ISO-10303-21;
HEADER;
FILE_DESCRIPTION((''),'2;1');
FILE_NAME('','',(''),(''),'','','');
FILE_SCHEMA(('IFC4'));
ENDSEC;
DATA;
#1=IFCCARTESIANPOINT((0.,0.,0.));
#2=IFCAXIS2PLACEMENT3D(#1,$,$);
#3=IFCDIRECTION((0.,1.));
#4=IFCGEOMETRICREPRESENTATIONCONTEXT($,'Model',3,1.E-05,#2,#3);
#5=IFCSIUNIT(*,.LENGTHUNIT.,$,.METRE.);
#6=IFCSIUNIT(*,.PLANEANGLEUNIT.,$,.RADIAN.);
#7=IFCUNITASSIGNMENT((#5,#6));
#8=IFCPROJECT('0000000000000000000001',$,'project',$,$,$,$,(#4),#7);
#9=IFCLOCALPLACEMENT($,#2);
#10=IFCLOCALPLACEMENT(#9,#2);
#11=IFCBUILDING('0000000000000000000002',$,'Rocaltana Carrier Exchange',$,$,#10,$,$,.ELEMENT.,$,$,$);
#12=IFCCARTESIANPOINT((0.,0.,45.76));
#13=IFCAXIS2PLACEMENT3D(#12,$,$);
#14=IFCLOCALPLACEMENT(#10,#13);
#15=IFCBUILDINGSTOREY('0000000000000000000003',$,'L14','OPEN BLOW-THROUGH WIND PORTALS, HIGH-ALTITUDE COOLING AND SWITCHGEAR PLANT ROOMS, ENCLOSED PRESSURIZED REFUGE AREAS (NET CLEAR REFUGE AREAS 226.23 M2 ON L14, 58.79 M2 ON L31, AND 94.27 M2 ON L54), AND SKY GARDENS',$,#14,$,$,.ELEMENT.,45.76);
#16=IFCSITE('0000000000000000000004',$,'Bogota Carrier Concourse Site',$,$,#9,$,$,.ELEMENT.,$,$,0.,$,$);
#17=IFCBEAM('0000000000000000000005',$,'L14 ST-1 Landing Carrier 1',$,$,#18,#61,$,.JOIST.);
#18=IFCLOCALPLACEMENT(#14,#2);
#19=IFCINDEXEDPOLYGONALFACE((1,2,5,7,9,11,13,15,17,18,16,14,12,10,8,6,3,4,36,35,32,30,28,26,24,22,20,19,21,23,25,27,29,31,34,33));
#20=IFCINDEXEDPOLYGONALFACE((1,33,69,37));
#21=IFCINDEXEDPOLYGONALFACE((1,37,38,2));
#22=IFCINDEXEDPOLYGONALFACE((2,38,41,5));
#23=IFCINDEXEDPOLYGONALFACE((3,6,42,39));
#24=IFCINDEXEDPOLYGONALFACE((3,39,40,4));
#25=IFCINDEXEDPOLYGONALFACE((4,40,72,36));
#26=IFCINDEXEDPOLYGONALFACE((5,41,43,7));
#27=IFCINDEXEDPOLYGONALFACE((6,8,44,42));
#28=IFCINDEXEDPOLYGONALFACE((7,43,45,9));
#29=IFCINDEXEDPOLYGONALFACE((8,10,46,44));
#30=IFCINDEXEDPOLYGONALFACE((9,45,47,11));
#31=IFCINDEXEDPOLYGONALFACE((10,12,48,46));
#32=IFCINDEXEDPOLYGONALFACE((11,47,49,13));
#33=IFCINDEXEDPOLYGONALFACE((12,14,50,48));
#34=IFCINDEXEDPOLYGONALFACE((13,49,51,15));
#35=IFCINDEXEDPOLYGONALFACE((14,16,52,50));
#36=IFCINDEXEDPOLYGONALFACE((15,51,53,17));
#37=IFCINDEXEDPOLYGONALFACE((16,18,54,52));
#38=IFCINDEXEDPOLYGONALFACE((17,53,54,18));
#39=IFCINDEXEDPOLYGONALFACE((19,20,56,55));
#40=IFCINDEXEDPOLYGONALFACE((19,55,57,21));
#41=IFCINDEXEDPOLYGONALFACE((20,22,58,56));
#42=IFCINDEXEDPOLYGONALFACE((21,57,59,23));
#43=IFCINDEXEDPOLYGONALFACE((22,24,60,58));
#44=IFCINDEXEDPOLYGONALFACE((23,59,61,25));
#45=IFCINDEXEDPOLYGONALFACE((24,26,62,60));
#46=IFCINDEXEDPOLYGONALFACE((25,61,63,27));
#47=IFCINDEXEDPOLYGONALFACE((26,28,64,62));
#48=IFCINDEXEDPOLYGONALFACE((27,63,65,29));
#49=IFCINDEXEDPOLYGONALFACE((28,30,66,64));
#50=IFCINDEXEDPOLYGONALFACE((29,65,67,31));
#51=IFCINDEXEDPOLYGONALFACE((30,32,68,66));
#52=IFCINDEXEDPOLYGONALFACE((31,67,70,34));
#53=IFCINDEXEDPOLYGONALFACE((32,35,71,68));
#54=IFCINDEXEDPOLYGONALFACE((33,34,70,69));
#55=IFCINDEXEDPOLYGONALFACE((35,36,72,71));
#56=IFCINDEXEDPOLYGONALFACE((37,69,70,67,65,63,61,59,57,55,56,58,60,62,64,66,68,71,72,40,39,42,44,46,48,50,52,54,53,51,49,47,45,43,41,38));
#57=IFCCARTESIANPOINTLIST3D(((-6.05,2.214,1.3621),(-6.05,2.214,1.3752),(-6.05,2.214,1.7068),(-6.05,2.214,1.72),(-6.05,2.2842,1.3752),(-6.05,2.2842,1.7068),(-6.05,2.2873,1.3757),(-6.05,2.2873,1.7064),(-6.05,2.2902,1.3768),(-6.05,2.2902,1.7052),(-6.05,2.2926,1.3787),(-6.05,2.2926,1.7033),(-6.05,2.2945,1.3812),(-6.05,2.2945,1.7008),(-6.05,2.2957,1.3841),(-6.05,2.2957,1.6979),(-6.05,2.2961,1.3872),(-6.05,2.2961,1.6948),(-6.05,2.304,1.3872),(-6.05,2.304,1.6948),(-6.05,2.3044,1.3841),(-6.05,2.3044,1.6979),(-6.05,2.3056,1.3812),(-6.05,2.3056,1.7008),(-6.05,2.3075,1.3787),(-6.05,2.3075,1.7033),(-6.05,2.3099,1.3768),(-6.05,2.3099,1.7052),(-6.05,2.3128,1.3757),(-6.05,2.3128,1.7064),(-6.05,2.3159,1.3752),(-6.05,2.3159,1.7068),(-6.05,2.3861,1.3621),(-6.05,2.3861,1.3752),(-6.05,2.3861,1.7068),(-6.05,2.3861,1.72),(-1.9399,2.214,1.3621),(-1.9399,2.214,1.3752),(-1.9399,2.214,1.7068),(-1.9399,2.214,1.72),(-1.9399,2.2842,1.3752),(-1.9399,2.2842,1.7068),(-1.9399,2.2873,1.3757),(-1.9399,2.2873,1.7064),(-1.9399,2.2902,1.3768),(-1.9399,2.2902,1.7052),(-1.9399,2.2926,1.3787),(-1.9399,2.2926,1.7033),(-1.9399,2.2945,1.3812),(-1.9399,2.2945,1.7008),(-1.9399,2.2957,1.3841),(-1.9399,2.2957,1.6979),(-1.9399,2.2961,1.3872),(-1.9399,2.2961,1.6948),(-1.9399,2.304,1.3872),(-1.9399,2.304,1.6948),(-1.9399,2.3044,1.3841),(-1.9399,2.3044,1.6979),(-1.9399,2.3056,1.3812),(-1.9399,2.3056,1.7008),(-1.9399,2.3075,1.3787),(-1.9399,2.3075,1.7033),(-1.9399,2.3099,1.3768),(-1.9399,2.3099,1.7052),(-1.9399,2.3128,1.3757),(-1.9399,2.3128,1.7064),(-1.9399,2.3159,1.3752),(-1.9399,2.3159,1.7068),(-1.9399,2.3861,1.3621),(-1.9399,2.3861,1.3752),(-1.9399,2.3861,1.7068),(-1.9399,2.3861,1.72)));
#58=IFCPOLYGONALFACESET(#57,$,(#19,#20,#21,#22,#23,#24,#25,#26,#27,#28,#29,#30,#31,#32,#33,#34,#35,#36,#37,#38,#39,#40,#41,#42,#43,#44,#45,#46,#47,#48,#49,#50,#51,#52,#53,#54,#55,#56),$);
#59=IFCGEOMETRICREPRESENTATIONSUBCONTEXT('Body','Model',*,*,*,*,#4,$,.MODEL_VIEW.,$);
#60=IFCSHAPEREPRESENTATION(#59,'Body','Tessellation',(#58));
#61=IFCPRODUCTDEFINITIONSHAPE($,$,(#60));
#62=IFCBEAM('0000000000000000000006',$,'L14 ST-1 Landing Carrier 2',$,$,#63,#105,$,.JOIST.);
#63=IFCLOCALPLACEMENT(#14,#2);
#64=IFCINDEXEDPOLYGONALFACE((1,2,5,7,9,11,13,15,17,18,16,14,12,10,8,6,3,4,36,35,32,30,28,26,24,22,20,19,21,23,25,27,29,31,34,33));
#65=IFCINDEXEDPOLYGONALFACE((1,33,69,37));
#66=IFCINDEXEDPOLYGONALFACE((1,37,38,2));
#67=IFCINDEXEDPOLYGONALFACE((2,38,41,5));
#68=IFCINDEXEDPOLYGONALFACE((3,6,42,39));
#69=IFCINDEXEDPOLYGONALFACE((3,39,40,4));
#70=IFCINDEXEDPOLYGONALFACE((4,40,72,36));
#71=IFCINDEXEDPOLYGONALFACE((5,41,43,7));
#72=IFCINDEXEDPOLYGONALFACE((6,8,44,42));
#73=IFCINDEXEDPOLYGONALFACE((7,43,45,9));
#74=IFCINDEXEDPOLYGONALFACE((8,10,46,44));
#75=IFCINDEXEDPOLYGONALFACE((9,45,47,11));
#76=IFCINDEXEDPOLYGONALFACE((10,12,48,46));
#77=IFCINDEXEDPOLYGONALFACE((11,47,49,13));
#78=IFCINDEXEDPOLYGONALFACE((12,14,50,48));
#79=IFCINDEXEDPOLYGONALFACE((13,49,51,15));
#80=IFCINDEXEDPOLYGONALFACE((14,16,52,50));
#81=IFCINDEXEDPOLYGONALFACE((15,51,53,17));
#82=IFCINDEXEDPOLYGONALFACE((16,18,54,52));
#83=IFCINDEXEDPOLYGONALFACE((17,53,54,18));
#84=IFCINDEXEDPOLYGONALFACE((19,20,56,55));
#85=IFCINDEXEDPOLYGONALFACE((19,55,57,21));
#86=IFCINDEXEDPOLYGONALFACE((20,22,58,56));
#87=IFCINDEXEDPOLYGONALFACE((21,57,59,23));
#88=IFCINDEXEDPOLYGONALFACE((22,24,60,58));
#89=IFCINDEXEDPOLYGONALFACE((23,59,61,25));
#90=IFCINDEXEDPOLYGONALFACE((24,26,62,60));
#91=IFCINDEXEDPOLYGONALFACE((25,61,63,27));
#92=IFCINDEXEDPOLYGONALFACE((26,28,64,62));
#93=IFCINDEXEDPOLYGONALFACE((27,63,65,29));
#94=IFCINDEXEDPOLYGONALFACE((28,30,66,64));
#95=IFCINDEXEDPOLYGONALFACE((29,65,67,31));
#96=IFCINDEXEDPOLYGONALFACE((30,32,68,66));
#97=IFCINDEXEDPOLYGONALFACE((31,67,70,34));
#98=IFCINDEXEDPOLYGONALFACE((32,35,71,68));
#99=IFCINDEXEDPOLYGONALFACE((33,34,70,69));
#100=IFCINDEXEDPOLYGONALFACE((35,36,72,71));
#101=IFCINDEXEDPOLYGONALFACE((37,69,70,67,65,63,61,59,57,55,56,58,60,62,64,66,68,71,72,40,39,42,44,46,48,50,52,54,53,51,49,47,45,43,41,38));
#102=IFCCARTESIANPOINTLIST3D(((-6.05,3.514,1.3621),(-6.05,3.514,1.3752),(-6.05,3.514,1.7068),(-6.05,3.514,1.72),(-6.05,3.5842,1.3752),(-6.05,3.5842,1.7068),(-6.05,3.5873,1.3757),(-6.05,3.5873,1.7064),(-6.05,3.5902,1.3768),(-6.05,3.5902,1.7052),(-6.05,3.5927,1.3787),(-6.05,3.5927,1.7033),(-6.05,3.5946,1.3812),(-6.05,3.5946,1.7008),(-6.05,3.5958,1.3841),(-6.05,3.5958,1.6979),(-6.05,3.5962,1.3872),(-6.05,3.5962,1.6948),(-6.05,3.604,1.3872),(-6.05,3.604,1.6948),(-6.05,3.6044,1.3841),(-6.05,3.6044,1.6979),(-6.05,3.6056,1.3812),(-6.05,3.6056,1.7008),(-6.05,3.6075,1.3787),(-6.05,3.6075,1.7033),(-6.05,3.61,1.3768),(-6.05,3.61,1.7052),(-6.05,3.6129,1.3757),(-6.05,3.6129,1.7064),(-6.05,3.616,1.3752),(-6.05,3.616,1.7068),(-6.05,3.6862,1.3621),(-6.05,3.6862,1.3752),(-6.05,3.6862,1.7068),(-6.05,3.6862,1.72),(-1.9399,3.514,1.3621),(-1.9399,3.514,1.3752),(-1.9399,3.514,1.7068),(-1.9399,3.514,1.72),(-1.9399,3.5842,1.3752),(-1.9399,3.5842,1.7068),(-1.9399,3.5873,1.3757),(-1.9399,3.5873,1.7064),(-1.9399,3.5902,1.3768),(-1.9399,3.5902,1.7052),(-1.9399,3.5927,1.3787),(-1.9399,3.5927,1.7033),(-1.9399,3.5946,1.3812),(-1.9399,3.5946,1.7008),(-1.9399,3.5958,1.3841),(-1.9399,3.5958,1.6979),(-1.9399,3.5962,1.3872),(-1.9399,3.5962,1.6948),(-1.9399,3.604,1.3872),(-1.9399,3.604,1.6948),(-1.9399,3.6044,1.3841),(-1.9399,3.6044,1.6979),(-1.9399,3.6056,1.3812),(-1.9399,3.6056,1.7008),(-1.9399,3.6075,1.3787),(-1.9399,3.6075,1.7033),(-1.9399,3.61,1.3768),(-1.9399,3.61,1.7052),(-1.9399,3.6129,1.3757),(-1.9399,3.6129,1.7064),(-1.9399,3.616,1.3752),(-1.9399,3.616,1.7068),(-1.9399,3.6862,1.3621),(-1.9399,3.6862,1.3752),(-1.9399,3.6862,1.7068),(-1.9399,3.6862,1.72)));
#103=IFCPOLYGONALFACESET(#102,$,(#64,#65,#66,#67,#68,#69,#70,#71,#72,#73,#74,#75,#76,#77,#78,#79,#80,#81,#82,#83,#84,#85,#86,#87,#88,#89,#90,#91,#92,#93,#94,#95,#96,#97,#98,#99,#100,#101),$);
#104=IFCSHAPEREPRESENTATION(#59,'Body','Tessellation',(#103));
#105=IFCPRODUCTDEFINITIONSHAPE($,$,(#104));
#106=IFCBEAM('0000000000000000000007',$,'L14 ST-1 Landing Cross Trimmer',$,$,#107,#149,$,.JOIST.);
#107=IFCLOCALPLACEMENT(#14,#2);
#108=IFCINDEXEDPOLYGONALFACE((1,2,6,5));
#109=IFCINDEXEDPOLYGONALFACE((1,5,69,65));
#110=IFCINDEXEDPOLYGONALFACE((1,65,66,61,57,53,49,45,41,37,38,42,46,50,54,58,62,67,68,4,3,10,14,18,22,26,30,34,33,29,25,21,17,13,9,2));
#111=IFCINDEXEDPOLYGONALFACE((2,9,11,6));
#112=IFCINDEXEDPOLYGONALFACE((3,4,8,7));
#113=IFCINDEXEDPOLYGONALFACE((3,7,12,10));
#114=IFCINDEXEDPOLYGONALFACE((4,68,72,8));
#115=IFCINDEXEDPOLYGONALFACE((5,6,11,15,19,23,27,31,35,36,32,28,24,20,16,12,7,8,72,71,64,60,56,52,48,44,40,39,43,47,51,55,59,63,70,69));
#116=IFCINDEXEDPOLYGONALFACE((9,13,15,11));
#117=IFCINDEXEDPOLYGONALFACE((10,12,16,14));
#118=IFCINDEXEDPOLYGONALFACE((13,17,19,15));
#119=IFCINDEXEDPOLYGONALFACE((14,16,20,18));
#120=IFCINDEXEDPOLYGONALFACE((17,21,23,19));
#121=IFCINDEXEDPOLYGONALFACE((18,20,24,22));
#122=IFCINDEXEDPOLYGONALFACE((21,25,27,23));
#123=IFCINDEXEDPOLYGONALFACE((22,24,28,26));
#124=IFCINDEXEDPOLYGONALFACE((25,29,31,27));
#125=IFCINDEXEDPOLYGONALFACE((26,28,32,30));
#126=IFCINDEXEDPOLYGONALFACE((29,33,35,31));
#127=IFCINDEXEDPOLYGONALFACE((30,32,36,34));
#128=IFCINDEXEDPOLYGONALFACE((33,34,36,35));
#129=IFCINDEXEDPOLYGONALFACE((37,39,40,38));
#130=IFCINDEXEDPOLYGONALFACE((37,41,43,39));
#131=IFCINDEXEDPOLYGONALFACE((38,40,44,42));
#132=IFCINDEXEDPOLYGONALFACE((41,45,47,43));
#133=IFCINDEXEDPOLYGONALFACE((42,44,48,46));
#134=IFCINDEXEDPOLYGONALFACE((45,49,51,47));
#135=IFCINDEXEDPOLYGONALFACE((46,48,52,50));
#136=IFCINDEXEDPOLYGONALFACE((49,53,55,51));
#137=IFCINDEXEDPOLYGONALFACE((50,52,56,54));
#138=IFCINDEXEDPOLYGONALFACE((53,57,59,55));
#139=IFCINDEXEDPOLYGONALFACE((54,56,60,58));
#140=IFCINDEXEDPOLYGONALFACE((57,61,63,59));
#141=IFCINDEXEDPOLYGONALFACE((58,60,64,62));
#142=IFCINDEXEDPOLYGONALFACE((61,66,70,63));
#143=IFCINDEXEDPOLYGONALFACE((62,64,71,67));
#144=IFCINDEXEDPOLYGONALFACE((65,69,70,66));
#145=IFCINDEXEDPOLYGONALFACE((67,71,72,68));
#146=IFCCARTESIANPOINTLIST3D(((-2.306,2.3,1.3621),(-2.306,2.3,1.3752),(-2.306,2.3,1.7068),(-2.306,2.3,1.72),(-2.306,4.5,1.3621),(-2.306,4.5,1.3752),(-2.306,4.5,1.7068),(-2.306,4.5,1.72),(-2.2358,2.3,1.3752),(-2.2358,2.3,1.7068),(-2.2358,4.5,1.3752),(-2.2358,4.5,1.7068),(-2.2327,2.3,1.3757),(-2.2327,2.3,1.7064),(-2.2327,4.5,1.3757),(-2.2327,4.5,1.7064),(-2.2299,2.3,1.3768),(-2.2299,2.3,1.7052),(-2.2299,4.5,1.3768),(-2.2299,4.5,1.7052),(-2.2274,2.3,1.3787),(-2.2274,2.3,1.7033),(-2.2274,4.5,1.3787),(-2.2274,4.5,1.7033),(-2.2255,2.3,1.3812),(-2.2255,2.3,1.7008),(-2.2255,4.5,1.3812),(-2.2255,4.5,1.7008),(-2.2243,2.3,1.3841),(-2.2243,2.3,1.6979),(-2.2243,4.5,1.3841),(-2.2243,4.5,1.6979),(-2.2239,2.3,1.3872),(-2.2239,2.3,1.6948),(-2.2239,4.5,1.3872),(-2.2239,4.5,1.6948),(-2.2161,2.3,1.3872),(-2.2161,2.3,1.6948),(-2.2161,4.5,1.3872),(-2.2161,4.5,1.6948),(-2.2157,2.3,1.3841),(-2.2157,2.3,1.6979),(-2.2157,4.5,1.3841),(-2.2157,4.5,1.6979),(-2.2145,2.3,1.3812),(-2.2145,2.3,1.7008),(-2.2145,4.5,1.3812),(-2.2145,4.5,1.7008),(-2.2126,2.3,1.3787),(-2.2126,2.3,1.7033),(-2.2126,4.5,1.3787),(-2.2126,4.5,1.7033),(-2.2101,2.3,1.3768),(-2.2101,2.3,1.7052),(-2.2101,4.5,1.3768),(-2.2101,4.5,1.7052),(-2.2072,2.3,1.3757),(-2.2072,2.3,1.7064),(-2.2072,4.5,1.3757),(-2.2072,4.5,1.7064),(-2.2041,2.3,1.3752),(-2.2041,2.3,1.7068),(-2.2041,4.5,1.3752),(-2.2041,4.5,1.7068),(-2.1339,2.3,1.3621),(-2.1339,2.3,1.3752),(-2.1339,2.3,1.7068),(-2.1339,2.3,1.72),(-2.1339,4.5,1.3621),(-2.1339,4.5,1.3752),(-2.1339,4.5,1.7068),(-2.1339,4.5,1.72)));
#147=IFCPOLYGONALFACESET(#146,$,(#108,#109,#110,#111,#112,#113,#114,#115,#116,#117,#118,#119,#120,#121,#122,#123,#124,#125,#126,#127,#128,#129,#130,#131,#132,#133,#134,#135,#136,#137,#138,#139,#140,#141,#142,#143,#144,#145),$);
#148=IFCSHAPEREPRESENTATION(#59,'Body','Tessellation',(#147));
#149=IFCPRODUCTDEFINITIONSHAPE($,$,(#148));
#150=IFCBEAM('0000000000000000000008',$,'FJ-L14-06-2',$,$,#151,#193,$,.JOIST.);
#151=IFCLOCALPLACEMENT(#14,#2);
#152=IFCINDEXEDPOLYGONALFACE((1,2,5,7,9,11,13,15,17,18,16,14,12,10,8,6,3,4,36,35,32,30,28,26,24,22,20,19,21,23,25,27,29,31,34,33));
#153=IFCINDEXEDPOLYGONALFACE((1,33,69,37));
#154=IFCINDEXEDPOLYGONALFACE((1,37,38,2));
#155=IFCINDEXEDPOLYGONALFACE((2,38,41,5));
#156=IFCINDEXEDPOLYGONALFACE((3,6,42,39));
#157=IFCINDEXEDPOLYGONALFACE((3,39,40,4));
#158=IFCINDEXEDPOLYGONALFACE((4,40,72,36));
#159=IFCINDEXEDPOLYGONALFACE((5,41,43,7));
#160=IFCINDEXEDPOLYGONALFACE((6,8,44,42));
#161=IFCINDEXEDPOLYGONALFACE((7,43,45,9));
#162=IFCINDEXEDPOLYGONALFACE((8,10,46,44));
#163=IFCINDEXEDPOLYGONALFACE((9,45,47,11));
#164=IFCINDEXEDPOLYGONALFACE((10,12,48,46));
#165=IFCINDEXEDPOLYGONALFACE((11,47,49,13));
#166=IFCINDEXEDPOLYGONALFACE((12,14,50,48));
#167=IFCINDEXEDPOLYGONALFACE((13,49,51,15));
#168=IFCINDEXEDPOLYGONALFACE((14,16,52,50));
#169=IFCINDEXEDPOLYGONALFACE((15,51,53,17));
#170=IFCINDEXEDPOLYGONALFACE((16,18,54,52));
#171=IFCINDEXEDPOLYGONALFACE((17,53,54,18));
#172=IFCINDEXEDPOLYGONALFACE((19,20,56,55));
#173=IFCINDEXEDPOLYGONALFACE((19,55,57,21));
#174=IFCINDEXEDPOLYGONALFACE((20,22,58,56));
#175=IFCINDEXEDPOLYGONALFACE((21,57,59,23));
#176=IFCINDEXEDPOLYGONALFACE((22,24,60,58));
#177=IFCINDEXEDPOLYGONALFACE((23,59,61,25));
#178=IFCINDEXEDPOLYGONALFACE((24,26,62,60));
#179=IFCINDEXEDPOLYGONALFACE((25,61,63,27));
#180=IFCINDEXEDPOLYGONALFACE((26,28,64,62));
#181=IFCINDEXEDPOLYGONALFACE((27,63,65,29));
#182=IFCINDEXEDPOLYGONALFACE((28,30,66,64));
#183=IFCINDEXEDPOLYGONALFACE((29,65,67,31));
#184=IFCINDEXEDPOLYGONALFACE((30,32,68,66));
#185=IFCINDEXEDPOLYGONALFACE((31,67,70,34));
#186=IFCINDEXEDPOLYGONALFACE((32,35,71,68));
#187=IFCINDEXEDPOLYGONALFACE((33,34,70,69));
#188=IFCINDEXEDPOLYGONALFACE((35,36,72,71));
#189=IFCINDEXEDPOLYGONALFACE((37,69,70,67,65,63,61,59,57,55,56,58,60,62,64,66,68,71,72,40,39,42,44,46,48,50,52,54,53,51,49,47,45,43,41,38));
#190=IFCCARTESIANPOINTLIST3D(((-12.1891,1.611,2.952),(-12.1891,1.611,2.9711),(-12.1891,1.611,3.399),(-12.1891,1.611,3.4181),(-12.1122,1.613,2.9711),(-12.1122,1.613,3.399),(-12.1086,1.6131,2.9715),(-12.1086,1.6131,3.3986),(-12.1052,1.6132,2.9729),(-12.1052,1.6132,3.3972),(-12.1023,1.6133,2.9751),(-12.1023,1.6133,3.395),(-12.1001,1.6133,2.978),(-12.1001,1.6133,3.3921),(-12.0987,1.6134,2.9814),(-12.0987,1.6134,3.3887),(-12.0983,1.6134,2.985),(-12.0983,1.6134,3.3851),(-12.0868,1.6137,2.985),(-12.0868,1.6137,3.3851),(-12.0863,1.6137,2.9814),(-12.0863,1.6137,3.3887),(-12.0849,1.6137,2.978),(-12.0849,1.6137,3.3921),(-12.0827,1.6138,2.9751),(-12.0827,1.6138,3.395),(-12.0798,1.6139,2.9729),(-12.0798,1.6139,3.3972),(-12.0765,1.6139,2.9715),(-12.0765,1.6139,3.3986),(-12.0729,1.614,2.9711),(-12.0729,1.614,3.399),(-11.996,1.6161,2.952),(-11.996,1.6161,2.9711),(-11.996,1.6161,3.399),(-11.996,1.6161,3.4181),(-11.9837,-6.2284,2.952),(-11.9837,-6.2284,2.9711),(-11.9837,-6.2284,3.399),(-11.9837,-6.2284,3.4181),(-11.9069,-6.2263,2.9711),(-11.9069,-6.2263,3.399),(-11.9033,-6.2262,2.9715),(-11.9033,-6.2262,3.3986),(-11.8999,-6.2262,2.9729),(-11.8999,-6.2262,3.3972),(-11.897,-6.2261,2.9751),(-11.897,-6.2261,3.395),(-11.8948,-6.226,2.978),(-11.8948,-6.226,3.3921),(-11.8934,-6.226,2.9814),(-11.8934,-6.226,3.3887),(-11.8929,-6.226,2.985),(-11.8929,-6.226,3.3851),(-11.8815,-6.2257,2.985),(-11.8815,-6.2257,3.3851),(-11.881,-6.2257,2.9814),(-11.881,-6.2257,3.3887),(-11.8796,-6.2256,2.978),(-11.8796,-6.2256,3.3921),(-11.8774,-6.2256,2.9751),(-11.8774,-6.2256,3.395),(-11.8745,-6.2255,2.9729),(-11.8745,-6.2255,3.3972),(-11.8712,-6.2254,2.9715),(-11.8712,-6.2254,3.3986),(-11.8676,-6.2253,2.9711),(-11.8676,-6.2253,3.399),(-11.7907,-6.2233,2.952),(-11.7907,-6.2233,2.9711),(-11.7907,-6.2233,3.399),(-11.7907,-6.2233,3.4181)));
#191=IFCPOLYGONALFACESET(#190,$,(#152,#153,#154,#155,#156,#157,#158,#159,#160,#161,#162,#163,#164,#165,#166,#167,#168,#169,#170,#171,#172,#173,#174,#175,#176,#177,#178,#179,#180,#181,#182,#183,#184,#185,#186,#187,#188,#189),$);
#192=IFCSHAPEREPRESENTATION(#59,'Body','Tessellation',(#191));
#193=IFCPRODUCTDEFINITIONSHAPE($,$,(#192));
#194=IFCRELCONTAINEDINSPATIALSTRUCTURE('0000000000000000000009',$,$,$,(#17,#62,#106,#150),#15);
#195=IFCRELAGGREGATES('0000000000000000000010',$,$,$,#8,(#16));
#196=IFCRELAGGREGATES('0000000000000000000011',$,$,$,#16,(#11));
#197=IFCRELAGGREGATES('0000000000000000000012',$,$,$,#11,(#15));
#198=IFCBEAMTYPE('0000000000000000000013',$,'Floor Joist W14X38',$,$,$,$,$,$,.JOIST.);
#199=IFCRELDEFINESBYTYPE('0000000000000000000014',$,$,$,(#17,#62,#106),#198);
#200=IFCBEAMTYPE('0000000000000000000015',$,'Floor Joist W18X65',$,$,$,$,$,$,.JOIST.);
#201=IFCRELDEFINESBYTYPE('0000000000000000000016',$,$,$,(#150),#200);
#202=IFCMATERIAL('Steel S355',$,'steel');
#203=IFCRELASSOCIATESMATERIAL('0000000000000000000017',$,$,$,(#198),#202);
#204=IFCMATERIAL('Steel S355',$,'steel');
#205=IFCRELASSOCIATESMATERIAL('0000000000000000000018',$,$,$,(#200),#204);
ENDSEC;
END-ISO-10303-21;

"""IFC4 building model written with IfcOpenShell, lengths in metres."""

from ifc_helpers import new_model, si_unit, direction, frame, origin, origin_2d, place, context, subcontext, project, spatial, i_section, extrude, material, material_profile, profile_set, type_object, element, save


model = new_model("IFC4")

# Units and contexts
model_context = context("Model", 3, precision=1e-05, world=origin(), true_north=direction((0.0, 1.0)))
body_context = subcontext(model_context, "Body", "Model", "MODEL_VIEW")
ifc_project = project(units=[si_unit("LENGTHUNIT", "METRE"), si_unit("PLANEANGLEUNIT", "RADIAN")], contexts=[model_context])

# Site, building, storey
site_placement = place(None, origin())
site = spatial("IfcSite", under=ifc_project, at=site_placement, Name="Bogota Carrier Concourse Site", CompositionType="ELEMENT", RefElevation=0.0)
building_placement = place(site_placement, origin())
building = spatial("IfcBuilding", under=site, at=building_placement, Name="Rocaltana Carrier Exchange", CompositionType="ELEMENT")
storey_placement = place(building_placement, frame((0.0, 0.0, 45.76)))
storey = spatial("IfcBuildingStorey", under=building, at=storey_placement, Name="L14", Description="OPEN BLOW-THROUGH WIND PORTALS, HIGH-ALTITUDE COOLING AND SWITCHGEAR PLANT ROOMS, ENCLOSED PRESSURIZED REFUGE AREAS (NET CLEAR REFUGE AREAS 226.23 M2 ON L14, 58.79 M2 ON L31, AND 94.27 M2 ON L54), AND SKY GARDENS", CompositionType="ELEMENT", Elevation=45.76)

# Beams
ifc_material_1 = material(Name="Steel S355", Category="steel")
ifc_material_profile_1 = material_profile(ifc_material_1, i_section(OverallWidth=0.1721, OverallDepth=0.3579, WebThickness=0.0078, FlangeThickness=0.0132, FilletRadius=0.012, at=origin_2d()), Name="W14X38")
ifc_profile_set_1 = profile_set([ifc_material_profile_1], Name="Steel S355")
beam_type_1 = type_object("IfcBeamType", Name="Floor Joist W14X38", PredefinedType="JOIST", material=ifc_profile_set_1)
for number, where, z_axis, x_axis, name in (
    (1, (-6.05, 2.3, 1.541), (1.0, 0.0, 0.0), (0.0, 1.0, 0.0), "L14 ST-1 Landing Carrier 1"),
    (2, (-6.05, 3.6001, 1.541), (1.0, 0.0, 0.0), (0.0, 1.0, 0.0), "L14 ST-1 Landing Carrier 2"),
):
    element("IfcBeam", number, at=place(storey_placement, frame(where, z_axis=z_axis, x_axis=x_axis)), inside=storey, type_object=beam_type_1, Name=name, PredefinedType="JOIST", context=body_context, shape_type="SweptSolid", body=[
        extrude(i_section(OverallWidth=0.1721, OverallDepth=0.3579, WebThickness=0.0078, FlangeThickness=0.0132, FilletRadius=0.012, at=origin_2d()), origin(), (0.0, 0.0, 1.0), 4.1101),
    ])
beam_1_placement = place(storey_placement, frame((-2.22, 2.3, 1.541), z_axis=(0.0, 1.0, 0.0), x_axis=(-1.0, 0.0, 0.0)))
element("IfcBeam", 3, at=beam_1_placement, inside=storey, type_object=beam_type_1, Name="L14 ST-1 Landing Cross Trimmer", PredefinedType="JOIST", context=body_context, shape_type="SweptSolid", body=[
    extrude(i_section(OverallWidth=0.1721, OverallDepth=0.3579, WebThickness=0.0078, FlangeThickness=0.0132, FilletRadius=0.012, at=origin_2d()), origin(), (0.0, 0.0, 1.0), 2.2),
])
ifc_material_2 = material(Name="Steel S355", Category="steel")
ifc_material_profile_2 = material_profile(ifc_material_2, i_section(OverallWidth=0.1931, OverallDepth=0.4661, WebThickness=0.0115, FlangeThickness=0.019, FilletRadius=0.0139, at=origin_2d()), Name="W18X65")
ifc_profile_set_2 = profile_set([ifc_material_profile_2], Name="Steel S355")
beam_type_2 = type_object("IfcBeamType", Name="Floor Joist W18X65", PredefinedType="JOIST", material=ifc_profile_set_2)
beam_2_placement = place(storey_placement, frame((-12.0925, 1.6135, 3.1851), z_axis=(0.026182, -0.999657, 0.0), x_axis=(0.999657, 0.026182, 0.0)))
element("IfcBeam", 4, at=beam_2_placement, inside=storey, type_object=beam_type_2, Name="FJ-L14-06-2", PredefinedType="JOIST", context=body_context, shape_type="SweptSolid", body=[
    extrude(i_section(OverallWidth=0.1931, OverallDepth=0.4661, WebThickness=0.0115, FlangeThickness=0.019, FilletRadius=0.0139, at=origin_2d()), origin(), (0.0, 0.0, 1.0), 7.842),
])

save(model, "model.ifc")
